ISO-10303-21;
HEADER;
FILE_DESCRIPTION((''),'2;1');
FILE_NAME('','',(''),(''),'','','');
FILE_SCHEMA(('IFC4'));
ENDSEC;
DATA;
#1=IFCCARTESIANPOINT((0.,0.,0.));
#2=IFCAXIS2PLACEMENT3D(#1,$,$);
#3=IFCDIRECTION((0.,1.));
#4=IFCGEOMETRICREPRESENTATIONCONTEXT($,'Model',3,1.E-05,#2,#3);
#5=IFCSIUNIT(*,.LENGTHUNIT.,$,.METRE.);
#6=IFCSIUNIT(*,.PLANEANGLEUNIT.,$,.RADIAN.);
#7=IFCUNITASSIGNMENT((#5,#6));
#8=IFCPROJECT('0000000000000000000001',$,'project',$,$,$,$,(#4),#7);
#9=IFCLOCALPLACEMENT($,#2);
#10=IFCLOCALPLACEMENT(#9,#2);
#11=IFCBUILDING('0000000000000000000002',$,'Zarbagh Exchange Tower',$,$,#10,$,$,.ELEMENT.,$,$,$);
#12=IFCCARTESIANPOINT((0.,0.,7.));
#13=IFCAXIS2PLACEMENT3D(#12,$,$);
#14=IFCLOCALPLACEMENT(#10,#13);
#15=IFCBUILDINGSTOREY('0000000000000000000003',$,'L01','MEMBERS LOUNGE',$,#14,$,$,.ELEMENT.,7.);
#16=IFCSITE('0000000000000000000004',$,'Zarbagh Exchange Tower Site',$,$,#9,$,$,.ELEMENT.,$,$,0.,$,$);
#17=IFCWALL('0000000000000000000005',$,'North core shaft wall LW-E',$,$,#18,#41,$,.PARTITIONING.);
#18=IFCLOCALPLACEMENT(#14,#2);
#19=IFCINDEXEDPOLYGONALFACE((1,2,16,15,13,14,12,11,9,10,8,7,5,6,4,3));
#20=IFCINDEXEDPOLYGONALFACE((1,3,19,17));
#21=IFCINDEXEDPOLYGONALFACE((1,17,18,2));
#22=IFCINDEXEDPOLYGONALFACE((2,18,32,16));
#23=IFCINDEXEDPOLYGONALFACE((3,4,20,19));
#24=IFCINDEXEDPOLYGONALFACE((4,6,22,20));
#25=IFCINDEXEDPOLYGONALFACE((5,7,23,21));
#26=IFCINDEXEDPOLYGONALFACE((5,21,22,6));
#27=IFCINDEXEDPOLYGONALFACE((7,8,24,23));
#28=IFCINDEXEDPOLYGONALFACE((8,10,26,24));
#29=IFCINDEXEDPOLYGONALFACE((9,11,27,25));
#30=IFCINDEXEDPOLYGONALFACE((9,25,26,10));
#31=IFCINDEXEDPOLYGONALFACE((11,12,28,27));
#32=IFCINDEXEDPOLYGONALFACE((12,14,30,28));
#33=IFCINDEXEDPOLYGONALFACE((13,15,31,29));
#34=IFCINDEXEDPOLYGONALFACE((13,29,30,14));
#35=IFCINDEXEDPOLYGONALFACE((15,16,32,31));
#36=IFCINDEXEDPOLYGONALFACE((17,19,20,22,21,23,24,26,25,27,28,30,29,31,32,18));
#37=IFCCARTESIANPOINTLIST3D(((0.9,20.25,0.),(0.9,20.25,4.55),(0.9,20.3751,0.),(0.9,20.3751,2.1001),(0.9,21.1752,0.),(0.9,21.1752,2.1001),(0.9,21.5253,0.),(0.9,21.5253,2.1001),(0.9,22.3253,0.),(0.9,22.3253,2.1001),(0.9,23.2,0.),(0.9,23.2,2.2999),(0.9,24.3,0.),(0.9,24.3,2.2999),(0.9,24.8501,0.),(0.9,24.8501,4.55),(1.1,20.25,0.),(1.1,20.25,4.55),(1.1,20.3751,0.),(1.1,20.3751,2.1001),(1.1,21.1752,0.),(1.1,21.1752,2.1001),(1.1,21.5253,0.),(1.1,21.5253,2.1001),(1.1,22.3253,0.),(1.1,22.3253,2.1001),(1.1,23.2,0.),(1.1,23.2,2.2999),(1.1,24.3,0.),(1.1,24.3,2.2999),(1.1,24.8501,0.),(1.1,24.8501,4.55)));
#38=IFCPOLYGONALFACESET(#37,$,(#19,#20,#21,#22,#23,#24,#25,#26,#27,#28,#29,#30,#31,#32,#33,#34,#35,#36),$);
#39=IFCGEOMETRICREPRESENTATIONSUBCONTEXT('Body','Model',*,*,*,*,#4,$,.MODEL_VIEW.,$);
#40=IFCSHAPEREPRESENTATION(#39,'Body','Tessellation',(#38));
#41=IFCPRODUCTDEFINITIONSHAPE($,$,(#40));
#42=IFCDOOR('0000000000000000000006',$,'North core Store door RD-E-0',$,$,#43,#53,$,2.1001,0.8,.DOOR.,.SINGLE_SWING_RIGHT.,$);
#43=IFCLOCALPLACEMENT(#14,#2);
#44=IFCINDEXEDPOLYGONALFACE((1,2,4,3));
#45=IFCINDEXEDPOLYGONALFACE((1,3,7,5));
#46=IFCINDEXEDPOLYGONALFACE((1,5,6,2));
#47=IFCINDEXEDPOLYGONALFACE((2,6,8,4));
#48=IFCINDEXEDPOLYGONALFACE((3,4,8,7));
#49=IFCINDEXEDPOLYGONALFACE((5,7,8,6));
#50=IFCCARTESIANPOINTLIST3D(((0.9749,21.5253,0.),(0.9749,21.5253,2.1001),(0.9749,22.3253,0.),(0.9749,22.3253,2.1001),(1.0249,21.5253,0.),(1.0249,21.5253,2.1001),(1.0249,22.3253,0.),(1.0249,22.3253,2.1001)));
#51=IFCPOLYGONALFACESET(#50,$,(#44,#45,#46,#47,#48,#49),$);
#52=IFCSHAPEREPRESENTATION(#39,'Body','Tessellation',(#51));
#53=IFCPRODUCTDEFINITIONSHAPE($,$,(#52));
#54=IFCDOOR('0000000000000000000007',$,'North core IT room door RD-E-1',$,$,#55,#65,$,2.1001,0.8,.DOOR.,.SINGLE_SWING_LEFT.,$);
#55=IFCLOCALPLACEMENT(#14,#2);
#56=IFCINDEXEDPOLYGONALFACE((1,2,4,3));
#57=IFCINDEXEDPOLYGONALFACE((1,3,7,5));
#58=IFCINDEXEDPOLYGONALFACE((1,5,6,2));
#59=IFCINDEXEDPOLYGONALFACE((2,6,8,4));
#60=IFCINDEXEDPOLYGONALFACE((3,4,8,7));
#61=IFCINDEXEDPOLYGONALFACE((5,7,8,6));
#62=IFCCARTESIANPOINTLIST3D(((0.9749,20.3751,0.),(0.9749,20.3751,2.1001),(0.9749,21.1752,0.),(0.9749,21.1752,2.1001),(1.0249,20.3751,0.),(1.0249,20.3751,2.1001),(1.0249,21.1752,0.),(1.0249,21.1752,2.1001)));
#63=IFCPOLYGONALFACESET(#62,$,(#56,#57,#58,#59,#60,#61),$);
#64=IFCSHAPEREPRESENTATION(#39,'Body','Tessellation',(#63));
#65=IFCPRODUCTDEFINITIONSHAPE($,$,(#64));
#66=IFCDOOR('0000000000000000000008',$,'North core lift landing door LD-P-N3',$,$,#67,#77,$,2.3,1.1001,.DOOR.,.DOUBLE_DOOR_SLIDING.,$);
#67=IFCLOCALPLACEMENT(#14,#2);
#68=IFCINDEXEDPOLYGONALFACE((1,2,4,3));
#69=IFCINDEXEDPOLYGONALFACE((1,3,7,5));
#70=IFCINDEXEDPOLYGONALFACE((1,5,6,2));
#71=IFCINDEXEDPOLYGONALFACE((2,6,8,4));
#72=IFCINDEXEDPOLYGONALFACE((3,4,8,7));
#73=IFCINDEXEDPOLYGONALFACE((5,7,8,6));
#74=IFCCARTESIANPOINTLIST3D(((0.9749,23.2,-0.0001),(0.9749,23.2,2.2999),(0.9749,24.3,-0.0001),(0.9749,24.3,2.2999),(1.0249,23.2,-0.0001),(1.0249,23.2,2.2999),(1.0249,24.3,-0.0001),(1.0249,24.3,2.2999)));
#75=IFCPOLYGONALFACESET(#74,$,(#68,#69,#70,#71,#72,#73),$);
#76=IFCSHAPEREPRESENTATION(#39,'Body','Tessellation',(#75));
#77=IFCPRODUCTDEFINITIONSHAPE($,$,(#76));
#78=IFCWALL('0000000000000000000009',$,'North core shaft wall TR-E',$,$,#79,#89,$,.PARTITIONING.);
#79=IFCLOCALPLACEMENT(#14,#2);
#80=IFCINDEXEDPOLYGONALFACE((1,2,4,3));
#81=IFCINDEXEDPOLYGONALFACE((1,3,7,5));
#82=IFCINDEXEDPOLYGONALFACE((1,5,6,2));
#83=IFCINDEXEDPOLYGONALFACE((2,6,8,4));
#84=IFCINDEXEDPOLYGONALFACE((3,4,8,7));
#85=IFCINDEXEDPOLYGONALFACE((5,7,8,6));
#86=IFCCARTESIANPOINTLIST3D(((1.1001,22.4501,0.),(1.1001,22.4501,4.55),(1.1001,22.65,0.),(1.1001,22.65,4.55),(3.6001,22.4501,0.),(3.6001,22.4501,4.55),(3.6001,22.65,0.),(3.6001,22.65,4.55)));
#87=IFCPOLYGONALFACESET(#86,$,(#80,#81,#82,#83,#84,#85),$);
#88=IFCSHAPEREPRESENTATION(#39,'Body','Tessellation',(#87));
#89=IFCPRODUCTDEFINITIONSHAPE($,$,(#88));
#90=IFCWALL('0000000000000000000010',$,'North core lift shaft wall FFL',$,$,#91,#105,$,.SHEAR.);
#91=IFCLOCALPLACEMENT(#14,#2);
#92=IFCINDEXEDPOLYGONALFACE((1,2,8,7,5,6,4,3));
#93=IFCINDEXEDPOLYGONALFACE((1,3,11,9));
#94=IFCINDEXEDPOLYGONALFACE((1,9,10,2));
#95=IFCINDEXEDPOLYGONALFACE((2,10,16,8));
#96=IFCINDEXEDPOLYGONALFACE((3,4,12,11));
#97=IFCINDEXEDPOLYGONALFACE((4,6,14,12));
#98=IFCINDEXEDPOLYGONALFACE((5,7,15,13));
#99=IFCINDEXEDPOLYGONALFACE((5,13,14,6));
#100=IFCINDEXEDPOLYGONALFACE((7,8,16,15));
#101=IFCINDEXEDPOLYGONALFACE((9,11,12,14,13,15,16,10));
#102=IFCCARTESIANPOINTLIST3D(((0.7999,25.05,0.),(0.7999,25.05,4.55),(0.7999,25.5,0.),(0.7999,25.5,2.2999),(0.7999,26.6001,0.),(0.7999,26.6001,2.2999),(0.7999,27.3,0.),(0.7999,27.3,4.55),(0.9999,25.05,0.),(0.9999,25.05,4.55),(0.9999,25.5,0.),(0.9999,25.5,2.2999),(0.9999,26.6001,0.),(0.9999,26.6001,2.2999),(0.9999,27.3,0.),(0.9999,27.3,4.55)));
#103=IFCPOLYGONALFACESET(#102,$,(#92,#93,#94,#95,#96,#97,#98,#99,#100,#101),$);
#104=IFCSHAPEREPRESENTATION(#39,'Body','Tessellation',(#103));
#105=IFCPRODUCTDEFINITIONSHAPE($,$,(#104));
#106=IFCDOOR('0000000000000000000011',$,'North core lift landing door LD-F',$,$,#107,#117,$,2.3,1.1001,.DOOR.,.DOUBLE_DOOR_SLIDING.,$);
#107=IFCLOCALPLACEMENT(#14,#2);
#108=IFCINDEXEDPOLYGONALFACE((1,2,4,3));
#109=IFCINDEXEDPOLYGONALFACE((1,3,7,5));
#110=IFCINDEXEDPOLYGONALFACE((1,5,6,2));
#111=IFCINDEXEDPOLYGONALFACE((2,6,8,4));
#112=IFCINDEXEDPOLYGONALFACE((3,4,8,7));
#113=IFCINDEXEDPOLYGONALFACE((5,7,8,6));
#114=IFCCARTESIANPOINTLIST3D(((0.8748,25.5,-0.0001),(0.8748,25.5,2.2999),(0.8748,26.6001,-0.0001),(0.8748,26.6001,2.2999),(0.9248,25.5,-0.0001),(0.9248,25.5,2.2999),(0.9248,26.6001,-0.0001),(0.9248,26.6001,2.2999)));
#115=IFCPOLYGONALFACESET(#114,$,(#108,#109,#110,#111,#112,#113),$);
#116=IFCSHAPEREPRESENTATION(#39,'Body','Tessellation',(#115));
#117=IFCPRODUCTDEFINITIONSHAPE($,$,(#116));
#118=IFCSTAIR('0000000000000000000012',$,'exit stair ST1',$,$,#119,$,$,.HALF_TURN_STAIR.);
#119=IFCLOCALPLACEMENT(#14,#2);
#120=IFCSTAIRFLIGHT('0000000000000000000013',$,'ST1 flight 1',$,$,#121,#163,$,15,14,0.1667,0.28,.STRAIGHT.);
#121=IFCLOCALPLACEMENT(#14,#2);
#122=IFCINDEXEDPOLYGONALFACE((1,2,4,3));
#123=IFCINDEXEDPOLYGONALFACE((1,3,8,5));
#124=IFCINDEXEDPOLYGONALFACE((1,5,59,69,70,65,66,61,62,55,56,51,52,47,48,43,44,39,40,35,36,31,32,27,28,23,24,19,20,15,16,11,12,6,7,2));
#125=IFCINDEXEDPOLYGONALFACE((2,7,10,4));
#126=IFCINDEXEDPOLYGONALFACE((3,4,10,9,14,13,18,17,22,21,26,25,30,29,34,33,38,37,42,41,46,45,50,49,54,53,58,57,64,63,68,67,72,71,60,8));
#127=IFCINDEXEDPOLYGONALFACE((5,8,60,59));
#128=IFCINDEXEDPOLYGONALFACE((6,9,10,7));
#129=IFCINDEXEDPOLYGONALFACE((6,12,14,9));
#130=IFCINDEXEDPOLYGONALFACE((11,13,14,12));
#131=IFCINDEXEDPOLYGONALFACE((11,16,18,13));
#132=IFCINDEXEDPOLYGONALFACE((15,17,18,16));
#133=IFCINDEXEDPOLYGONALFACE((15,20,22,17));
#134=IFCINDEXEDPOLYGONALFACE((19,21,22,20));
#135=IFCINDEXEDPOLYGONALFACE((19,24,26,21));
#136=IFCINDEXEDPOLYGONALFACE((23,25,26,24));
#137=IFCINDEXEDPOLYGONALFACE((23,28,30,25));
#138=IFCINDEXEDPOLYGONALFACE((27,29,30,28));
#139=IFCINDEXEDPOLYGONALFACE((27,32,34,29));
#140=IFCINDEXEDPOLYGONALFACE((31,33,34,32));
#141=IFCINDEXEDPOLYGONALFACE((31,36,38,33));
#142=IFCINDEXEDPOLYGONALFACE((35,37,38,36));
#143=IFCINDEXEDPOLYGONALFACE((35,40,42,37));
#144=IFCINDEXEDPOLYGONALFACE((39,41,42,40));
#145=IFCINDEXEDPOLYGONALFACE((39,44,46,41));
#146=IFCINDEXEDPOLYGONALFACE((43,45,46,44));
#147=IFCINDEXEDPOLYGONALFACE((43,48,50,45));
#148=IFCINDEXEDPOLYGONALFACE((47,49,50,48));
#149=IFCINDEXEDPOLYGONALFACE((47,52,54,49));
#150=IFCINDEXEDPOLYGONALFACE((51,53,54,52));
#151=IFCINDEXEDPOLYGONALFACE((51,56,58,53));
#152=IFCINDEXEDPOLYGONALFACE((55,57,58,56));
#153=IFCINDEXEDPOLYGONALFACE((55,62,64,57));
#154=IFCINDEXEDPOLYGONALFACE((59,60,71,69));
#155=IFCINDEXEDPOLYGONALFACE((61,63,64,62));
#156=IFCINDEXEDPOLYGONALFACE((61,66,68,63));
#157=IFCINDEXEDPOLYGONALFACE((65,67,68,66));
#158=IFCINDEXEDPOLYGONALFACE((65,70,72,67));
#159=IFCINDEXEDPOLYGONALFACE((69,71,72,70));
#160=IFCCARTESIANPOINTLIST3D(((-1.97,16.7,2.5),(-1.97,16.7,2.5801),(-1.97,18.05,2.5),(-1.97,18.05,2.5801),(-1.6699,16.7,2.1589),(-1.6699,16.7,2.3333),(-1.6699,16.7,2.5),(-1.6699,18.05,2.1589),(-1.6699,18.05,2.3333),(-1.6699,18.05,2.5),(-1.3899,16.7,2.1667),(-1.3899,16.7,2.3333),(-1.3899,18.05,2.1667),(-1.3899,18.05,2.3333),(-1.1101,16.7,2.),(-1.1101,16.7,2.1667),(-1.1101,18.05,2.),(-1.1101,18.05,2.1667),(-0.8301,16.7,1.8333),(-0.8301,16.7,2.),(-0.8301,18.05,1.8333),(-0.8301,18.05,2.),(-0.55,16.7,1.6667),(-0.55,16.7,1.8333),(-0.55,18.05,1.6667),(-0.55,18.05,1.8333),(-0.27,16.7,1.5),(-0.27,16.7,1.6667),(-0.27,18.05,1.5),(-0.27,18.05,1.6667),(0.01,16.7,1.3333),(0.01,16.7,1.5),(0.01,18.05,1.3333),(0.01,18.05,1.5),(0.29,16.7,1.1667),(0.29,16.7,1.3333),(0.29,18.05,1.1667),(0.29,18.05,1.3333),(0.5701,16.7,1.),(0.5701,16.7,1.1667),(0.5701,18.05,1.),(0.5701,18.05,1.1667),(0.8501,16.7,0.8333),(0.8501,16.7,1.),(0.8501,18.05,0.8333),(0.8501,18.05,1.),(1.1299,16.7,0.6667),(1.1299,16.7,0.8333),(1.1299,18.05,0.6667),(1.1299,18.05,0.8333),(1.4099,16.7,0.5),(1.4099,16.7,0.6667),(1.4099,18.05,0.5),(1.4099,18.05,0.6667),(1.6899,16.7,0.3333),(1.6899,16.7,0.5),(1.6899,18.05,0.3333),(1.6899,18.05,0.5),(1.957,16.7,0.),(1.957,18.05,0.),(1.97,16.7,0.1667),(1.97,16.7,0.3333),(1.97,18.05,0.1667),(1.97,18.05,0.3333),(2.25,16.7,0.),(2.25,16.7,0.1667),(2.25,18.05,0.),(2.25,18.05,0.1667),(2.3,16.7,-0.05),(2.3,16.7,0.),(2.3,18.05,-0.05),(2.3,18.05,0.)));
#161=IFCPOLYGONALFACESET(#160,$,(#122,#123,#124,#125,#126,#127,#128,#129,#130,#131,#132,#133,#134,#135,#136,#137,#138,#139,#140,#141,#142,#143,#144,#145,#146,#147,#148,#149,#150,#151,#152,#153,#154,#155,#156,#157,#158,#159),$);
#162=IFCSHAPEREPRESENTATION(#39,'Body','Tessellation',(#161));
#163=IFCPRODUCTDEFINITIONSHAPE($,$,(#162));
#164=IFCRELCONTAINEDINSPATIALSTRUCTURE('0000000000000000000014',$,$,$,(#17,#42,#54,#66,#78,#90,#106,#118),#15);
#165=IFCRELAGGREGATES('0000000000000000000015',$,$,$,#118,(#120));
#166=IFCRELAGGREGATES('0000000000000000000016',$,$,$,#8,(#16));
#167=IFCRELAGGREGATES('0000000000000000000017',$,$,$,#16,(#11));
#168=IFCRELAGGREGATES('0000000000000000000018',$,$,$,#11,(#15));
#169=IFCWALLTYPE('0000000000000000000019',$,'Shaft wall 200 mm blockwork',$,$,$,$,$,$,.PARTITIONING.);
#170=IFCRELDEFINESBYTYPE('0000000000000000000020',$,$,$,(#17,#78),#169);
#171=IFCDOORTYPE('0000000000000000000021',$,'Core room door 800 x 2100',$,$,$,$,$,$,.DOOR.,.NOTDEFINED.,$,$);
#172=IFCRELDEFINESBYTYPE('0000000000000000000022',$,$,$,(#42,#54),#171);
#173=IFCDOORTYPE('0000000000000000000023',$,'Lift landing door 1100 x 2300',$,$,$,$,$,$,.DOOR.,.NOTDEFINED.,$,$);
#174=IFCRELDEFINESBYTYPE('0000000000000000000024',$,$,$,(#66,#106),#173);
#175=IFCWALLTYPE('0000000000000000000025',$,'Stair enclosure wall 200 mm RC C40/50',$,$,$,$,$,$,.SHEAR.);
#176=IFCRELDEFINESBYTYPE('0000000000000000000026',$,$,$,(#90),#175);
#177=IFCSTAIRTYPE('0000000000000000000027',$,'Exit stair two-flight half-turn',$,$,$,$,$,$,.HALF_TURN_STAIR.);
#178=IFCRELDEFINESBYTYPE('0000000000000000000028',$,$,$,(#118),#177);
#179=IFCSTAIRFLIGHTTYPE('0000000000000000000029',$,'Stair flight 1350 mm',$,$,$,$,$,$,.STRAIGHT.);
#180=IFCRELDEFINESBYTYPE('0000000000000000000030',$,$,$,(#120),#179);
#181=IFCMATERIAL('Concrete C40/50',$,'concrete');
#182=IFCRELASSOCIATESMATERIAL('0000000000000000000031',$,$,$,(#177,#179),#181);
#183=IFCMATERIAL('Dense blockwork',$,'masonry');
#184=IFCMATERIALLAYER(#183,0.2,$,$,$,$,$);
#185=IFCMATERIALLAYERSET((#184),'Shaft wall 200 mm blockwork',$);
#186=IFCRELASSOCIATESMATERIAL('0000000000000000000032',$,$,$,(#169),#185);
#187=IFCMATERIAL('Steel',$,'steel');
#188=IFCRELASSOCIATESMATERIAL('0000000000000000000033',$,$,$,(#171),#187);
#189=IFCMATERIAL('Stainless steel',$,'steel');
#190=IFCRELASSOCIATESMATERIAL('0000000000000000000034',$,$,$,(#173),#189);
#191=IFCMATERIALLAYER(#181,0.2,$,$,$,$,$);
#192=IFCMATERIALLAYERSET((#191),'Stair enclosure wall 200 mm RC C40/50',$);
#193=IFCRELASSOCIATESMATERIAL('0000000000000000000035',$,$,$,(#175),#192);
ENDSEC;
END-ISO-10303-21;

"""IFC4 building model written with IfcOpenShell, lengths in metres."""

from ifc_helpers import new_model, si_unit, direction, frame, frame_2d, origin, place, context, subcontext, project, spatial, polyline, rectangle, outline, extrude, material, layer, layer_set, type_object, element, fill, aggregate, save


model = new_model("IFC4")

# Units and contexts
model_context = context("Model", 3, precision=1e-05, world=origin(), true_north=direction((0.0, 1.0)))
body_context = subcontext(model_context, "Body", "Model", "MODEL_VIEW")
ifc_project = project(units=[si_unit("LENGTHUNIT", "METRE"), si_unit("PLANEANGLEUNIT", "RADIAN")], contexts=[model_context])

# Site, building, storey
site_placement = place(None, origin())
site = spatial("IfcSite", under=ifc_project, at=site_placement, Name="Zarbagh Exchange Tower Site", CompositionType="ELEMENT", RefElevation=0.0)
building_placement = place(site_placement, origin())
building = spatial("IfcBuilding", under=site, at=building_placement, Name="Zarbagh Exchange Tower", CompositionType="ELEMENT")
storey_placement = place(building_placement, frame((0.0, 0.0, 7.0)))
storey = spatial("IfcBuildingStorey", under=building, at=storey_placement, Name="L01", Description="MEMBERS LOUNGE", CompositionType="ELEMENT", Elevation=7.0)

# Shared definitions
ifc_material_1 = material(Name="Concrete C40/50", Category="concrete")
stair_type = type_object("IfcStairType", Name="Exit stair two-flight half-turn", PredefinedType="HALF_TURN_STAIR", material=ifc_material_1)

# Shared definitions
ifc_material_2 = material(Name="Dense blockwork", Category="masonry")
ifc_layer_1 = layer(ifc_material_2, 0.2)
ifc_layer_set_1 = layer_set([ifc_layer_1], Name="Shaft wall 200 mm blockwork")
wall_type_1 = type_object("IfcWallType", Name="Shaft wall 200 mm blockwork", PredefinedType="PARTITIONING", material=ifc_layer_set_1)

# Wall, openings, doors
wall_1_placement = place(storey_placement, frame((1.0, 24.8501, 0.0), z_axis=(0.0, 0.0, 1.0), x_axis=(0.0, -1.0, 0.0)))
wall_1 = element("IfcWall", 1, at=wall_1_placement, inside=storey, type_object=wall_type_1, Name="North core shaft wall LW-E", PredefinedType="PARTITIONING", context=body_context, shape_type="SweptSolid", body=[
    extrude(rectangle(XDim=4.6001, YDim=0.2, at=frame_2d((2.3, 0.0))), origin(), (0.0, 0.0, 1.0), 4.55),
])
opening_1_placement = place(wall_1_placement, frame((0.55, 0.0, 0.0)))
opening_1 = element("IfcOpeningElement", 2, at=opening_1_placement, cuts=wall_1, PredefinedType="OPENING", context=body_context, shape_type="SweptSolid", body=[
    extrude(rectangle(XDim=1.1001, YDim=2.3, at=frame_2d((0.55, 1.1499))), frame((0.0, 0.1099, 0.0), z_axis=(0.0, -1.0, 0.0), x_axis=(1.0, 0.0, 0.0)), (0.0, 0.0, 1.0), 0.22),
])
opening_2_placement = place(wall_1_placement, frame((2.5249, 0.0, 0.0)))
opening_2 = element("IfcOpeningElement", 3, at=opening_2_placement, cuts=wall_1, PredefinedType="OPENING", context=body_context, shape_type="SweptSolid", body=[
    extrude(rectangle(XDim=0.8, YDim=2.1001, at=frame_2d((0.3999, 1.05))), frame((0.0, 0.1099, 0.0), z_axis=(0.0, -1.0, 0.0), x_axis=(1.0, 0.0, 0.0)), (0.0, 0.0, 1.0), 0.22),
])
opening_3_placement = place(wall_1_placement, frame((3.675, 0.0, 0.0)))
opening_3 = element("IfcOpeningElement", 4, at=opening_3_placement, cuts=wall_1, PredefinedType="OPENING", context=body_context, shape_type="SweptSolid", body=[
    extrude(rectangle(XDim=0.8, YDim=2.1001, at=frame_2d((0.3999, 1.05))), frame((0.0, 0.1099, 0.0), z_axis=(0.0, -1.0, 0.0), x_axis=(1.0, 0.0, 0.0)), (0.0, 0.0, 1.0), 0.22),
])
ifc_material_3 = material(Name="Steel", Category="steel")
door_type_1 = type_object("IfcDoorType", Name="Core room door 800 x 2100", OperationType="NOTDEFINED", PredefinedType="DOOR", material=ifc_material_3)
door_1_placement = place(opening_2_placement, origin())
door_1 = element("IfcDoor", 5, at=door_1_placement, inside=storey, type_object=door_type_1, Name="North core Store door RD-E-0", OperationType="SINGLE_SWING_RIGHT", OverallHeight=2.1001, OverallWidth=0.8, PredefinedType="DOOR", context=body_context, shape_type="SweptSolid", body=[
    extrude(rectangle(XDim=0.8, YDim=2.1001, at=frame_2d((0.3999, 1.05))), frame((0.0, 0.0249, 0.0), z_axis=(0.0, -1.0, 0.0), x_axis=(1.0, 0.0, 0.0)), (0.0, 0.0, 1.0), 0.05),
])
fill(opening_2, door_1)
door_2_placement = place(opening_3_placement, origin())
door_2 = element("IfcDoor", 6, at=door_2_placement, inside=storey, type_object=door_type_1, Name="North core IT room door RD-E-1", OperationType="SINGLE_SWING_LEFT", OverallHeight=2.1001, OverallWidth=0.8, PredefinedType="DOOR", context=body_context, shape_type="SweptSolid", body=[
    extrude(rectangle(XDim=0.8, YDim=2.1001, at=frame_2d((0.3999, 1.05))), frame((0.0, 0.0249, 0.0), z_axis=(0.0, -1.0, 0.0), x_axis=(1.0, 0.0, 0.0)), (0.0, 0.0, 1.0), 0.05),
])
fill(opening_3, door_2)
ifc_material_4 = material(Name="Stainless steel", Category="steel")
door_type_2 = type_object("IfcDoorType", Name="Lift landing door 1100 x 2300", OperationType="NOTDEFINED", PredefinedType="DOOR", material=ifc_material_4)
door_3_placement = place(opening_1_placement, origin())
door_3 = element("IfcDoor", 7, at=door_3_placement, inside=storey, type_object=door_type_2, Name="North core lift landing door LD-P-N3", OperationType="DOUBLE_DOOR_SLIDING", OverallHeight=2.3, OverallWidth=1.1001, PredefinedType="DOOR", context=body_context, shape_type="SweptSolid", body=[
    extrude(rectangle(XDim=1.1001, YDim=2.3, at=frame_2d((0.55, 1.1499))), frame((0.0, 0.0249, 0.0), z_axis=(0.0, -1.0, 0.0), x_axis=(1.0, 0.0, 0.0)), (0.0, 0.0, 1.0), 0.05),
])
fill(opening_1, door_3)

# Wall
wall_2_placement = place(storey_placement, frame((1.1001, 22.55, 0.0), z_axis=(0.0, 0.0, 1.0), x_axis=(1.0, 0.0, 0.0)))
element("IfcWall", 8, at=wall_2_placement, inside=storey, type_object=wall_type_1, Name="North core shaft wall TR-E", PredefinedType="PARTITIONING", context=body_context, shape_type="SweptSolid", body=[
    extrude(rectangle(XDim=2.5, YDim=0.2, at=frame_2d((1.25, 0.0))), origin(), (0.0, 0.0, 1.0), 4.55),
])

# Wall, opening, door
ifc_layer_2 = layer(ifc_material_1, 0.2)
ifc_layer_set_2 = layer_set([ifc_layer_2], Name="Stair enclosure wall 200 mm RC C40/50")
wall_type_2 = type_object("IfcWallType", Name="Stair enclosure wall 200 mm RC C40/50", PredefinedType="SHEAR", material=ifc_layer_set_2)
wall_3_placement = place(storey_placement, frame((0.8999, 27.3, 0.0), z_axis=(0.0, 0.0, 1.0), x_axis=(0.0, -1.0, 0.0)))
wall_3 = element("IfcWall", 9, at=wall_3_placement, inside=storey, type_object=wall_type_2, Name="North core lift shaft wall FFL", PredefinedType="SHEAR", context=body_context, shape_type="SweptSolid", body=[
    extrude(rectangle(XDim=2.25, YDim=0.2, at=frame_2d((1.125, 0.0))), origin(), (0.0, 0.0, 1.0), 4.55),
])
opening_4_placement = place(wall_3_placement, frame((0.7, 0.0, 0.0)))
opening_4 = element("IfcOpeningElement", 10, at=opening_4_placement, cuts=wall_3, PredefinedType="OPENING", context=body_context, shape_type="SweptSolid", body=[
    extrude(rectangle(XDim=1.1001, YDim=2.3, at=frame_2d((0.55, 1.1499))), frame((0.0, 0.1099, 0.0), z_axis=(0.0, -1.0, 0.0), x_axis=(1.0, 0.0, 0.0)), (0.0, 0.0, 1.0), 0.22),
])
door_4_placement = place(opening_4_placement, origin())
door_4 = element("IfcDoor", 11, at=door_4_placement, inside=storey, type_object=door_type_2, Name="North core lift landing door LD-F", OperationType="DOUBLE_DOOR_SLIDING", OverallHeight=2.3, OverallWidth=1.1001, PredefinedType="DOOR", context=body_context, shape_type="SweptSolid", body=[
    extrude(rectangle(XDim=1.1001, YDim=2.3, at=frame_2d((0.55, 1.1499))), frame((0.0, 0.0249, 0.0), z_axis=(0.0, -1.0, 0.0), x_axis=(1.0, 0.0, 0.0)), (0.0, 0.0, 1.0), 0.05),
])
fill(opening_4, door_4)

# Stair, stair flight
stair_1_placement = place(storey_placement, origin())
stair_1 = element("IfcStair", 12, at=stair_1_placement, inside=storey, type_object=stair_type, Name="exit stair ST1", PredefinedType="HALF_TURN_STAIR")
stair_flight_type = type_object("IfcStairFlightType", Name="Stair flight 1350 mm", PredefinedType="STRAIGHT", material=ifc_material_1)
stair_flight_1_placement = place(storey_placement, frame((2.25, 17.375, 0.0), z_axis=(0.0, 0.0, 1.0), x_axis=(-1.0, 0.0, 0.0)))
stair_flight_1 = element("IfcStairFlight", 13, at=stair_flight_1_placement, type_object=stair_flight_type, Name="ST1 flight 1", NumberOfRisers=15, NumberOfTreads=14, PredefinedType="STRAIGHT", RiserHeight=0.1667, TreadLength=0.28, context=body_context, shape_type="SweptSolid", body=[
    extrude(outline(polyline([(-0.05, -0.05), (-0.05, 0.0), (0.0, 0.0), (0.0, 0.1667), (0.28, 0.1667), (0.28, 0.3333), (0.5601, 0.3333), (0.5601, 0.5), (0.8401, 0.5), (0.8401, 0.6667), (1.1201, 0.6667), (1.1201, 0.8333), (1.3999, 0.8333), (1.3999, 1.0), (1.6799, 1.0), (1.6799, 1.1667), (1.96, 1.1667), (1.96, 1.3333), (2.24, 1.3333), (2.24, 1.5), (2.52, 1.5), (2.52, 1.6667), (2.8, 1.6667), (2.8, 1.8333), (3.0801, 1.8333), (3.0801, 2.0), (3.3601, 2.0), (3.3601, 2.1667), (3.6399, 2.1667), (3.6399, 2.3333), (3.9199, 2.3333), (3.9199, 2.5), (4.22, 2.5801), (4.22, 2.5), (3.9199, 2.1589), (0.293, 0.0), (-0.05, -0.05)])), frame((0.0, 0.675, 0.0), z_axis=(0.0, -1.0, 0.0), x_axis=(1.0, 0.0, 0.0)), (0.0, 0.0, 1.0), 1.3501),
])
aggregate(stair_1, [stair_flight_1])

save(model, "model.ifc")
